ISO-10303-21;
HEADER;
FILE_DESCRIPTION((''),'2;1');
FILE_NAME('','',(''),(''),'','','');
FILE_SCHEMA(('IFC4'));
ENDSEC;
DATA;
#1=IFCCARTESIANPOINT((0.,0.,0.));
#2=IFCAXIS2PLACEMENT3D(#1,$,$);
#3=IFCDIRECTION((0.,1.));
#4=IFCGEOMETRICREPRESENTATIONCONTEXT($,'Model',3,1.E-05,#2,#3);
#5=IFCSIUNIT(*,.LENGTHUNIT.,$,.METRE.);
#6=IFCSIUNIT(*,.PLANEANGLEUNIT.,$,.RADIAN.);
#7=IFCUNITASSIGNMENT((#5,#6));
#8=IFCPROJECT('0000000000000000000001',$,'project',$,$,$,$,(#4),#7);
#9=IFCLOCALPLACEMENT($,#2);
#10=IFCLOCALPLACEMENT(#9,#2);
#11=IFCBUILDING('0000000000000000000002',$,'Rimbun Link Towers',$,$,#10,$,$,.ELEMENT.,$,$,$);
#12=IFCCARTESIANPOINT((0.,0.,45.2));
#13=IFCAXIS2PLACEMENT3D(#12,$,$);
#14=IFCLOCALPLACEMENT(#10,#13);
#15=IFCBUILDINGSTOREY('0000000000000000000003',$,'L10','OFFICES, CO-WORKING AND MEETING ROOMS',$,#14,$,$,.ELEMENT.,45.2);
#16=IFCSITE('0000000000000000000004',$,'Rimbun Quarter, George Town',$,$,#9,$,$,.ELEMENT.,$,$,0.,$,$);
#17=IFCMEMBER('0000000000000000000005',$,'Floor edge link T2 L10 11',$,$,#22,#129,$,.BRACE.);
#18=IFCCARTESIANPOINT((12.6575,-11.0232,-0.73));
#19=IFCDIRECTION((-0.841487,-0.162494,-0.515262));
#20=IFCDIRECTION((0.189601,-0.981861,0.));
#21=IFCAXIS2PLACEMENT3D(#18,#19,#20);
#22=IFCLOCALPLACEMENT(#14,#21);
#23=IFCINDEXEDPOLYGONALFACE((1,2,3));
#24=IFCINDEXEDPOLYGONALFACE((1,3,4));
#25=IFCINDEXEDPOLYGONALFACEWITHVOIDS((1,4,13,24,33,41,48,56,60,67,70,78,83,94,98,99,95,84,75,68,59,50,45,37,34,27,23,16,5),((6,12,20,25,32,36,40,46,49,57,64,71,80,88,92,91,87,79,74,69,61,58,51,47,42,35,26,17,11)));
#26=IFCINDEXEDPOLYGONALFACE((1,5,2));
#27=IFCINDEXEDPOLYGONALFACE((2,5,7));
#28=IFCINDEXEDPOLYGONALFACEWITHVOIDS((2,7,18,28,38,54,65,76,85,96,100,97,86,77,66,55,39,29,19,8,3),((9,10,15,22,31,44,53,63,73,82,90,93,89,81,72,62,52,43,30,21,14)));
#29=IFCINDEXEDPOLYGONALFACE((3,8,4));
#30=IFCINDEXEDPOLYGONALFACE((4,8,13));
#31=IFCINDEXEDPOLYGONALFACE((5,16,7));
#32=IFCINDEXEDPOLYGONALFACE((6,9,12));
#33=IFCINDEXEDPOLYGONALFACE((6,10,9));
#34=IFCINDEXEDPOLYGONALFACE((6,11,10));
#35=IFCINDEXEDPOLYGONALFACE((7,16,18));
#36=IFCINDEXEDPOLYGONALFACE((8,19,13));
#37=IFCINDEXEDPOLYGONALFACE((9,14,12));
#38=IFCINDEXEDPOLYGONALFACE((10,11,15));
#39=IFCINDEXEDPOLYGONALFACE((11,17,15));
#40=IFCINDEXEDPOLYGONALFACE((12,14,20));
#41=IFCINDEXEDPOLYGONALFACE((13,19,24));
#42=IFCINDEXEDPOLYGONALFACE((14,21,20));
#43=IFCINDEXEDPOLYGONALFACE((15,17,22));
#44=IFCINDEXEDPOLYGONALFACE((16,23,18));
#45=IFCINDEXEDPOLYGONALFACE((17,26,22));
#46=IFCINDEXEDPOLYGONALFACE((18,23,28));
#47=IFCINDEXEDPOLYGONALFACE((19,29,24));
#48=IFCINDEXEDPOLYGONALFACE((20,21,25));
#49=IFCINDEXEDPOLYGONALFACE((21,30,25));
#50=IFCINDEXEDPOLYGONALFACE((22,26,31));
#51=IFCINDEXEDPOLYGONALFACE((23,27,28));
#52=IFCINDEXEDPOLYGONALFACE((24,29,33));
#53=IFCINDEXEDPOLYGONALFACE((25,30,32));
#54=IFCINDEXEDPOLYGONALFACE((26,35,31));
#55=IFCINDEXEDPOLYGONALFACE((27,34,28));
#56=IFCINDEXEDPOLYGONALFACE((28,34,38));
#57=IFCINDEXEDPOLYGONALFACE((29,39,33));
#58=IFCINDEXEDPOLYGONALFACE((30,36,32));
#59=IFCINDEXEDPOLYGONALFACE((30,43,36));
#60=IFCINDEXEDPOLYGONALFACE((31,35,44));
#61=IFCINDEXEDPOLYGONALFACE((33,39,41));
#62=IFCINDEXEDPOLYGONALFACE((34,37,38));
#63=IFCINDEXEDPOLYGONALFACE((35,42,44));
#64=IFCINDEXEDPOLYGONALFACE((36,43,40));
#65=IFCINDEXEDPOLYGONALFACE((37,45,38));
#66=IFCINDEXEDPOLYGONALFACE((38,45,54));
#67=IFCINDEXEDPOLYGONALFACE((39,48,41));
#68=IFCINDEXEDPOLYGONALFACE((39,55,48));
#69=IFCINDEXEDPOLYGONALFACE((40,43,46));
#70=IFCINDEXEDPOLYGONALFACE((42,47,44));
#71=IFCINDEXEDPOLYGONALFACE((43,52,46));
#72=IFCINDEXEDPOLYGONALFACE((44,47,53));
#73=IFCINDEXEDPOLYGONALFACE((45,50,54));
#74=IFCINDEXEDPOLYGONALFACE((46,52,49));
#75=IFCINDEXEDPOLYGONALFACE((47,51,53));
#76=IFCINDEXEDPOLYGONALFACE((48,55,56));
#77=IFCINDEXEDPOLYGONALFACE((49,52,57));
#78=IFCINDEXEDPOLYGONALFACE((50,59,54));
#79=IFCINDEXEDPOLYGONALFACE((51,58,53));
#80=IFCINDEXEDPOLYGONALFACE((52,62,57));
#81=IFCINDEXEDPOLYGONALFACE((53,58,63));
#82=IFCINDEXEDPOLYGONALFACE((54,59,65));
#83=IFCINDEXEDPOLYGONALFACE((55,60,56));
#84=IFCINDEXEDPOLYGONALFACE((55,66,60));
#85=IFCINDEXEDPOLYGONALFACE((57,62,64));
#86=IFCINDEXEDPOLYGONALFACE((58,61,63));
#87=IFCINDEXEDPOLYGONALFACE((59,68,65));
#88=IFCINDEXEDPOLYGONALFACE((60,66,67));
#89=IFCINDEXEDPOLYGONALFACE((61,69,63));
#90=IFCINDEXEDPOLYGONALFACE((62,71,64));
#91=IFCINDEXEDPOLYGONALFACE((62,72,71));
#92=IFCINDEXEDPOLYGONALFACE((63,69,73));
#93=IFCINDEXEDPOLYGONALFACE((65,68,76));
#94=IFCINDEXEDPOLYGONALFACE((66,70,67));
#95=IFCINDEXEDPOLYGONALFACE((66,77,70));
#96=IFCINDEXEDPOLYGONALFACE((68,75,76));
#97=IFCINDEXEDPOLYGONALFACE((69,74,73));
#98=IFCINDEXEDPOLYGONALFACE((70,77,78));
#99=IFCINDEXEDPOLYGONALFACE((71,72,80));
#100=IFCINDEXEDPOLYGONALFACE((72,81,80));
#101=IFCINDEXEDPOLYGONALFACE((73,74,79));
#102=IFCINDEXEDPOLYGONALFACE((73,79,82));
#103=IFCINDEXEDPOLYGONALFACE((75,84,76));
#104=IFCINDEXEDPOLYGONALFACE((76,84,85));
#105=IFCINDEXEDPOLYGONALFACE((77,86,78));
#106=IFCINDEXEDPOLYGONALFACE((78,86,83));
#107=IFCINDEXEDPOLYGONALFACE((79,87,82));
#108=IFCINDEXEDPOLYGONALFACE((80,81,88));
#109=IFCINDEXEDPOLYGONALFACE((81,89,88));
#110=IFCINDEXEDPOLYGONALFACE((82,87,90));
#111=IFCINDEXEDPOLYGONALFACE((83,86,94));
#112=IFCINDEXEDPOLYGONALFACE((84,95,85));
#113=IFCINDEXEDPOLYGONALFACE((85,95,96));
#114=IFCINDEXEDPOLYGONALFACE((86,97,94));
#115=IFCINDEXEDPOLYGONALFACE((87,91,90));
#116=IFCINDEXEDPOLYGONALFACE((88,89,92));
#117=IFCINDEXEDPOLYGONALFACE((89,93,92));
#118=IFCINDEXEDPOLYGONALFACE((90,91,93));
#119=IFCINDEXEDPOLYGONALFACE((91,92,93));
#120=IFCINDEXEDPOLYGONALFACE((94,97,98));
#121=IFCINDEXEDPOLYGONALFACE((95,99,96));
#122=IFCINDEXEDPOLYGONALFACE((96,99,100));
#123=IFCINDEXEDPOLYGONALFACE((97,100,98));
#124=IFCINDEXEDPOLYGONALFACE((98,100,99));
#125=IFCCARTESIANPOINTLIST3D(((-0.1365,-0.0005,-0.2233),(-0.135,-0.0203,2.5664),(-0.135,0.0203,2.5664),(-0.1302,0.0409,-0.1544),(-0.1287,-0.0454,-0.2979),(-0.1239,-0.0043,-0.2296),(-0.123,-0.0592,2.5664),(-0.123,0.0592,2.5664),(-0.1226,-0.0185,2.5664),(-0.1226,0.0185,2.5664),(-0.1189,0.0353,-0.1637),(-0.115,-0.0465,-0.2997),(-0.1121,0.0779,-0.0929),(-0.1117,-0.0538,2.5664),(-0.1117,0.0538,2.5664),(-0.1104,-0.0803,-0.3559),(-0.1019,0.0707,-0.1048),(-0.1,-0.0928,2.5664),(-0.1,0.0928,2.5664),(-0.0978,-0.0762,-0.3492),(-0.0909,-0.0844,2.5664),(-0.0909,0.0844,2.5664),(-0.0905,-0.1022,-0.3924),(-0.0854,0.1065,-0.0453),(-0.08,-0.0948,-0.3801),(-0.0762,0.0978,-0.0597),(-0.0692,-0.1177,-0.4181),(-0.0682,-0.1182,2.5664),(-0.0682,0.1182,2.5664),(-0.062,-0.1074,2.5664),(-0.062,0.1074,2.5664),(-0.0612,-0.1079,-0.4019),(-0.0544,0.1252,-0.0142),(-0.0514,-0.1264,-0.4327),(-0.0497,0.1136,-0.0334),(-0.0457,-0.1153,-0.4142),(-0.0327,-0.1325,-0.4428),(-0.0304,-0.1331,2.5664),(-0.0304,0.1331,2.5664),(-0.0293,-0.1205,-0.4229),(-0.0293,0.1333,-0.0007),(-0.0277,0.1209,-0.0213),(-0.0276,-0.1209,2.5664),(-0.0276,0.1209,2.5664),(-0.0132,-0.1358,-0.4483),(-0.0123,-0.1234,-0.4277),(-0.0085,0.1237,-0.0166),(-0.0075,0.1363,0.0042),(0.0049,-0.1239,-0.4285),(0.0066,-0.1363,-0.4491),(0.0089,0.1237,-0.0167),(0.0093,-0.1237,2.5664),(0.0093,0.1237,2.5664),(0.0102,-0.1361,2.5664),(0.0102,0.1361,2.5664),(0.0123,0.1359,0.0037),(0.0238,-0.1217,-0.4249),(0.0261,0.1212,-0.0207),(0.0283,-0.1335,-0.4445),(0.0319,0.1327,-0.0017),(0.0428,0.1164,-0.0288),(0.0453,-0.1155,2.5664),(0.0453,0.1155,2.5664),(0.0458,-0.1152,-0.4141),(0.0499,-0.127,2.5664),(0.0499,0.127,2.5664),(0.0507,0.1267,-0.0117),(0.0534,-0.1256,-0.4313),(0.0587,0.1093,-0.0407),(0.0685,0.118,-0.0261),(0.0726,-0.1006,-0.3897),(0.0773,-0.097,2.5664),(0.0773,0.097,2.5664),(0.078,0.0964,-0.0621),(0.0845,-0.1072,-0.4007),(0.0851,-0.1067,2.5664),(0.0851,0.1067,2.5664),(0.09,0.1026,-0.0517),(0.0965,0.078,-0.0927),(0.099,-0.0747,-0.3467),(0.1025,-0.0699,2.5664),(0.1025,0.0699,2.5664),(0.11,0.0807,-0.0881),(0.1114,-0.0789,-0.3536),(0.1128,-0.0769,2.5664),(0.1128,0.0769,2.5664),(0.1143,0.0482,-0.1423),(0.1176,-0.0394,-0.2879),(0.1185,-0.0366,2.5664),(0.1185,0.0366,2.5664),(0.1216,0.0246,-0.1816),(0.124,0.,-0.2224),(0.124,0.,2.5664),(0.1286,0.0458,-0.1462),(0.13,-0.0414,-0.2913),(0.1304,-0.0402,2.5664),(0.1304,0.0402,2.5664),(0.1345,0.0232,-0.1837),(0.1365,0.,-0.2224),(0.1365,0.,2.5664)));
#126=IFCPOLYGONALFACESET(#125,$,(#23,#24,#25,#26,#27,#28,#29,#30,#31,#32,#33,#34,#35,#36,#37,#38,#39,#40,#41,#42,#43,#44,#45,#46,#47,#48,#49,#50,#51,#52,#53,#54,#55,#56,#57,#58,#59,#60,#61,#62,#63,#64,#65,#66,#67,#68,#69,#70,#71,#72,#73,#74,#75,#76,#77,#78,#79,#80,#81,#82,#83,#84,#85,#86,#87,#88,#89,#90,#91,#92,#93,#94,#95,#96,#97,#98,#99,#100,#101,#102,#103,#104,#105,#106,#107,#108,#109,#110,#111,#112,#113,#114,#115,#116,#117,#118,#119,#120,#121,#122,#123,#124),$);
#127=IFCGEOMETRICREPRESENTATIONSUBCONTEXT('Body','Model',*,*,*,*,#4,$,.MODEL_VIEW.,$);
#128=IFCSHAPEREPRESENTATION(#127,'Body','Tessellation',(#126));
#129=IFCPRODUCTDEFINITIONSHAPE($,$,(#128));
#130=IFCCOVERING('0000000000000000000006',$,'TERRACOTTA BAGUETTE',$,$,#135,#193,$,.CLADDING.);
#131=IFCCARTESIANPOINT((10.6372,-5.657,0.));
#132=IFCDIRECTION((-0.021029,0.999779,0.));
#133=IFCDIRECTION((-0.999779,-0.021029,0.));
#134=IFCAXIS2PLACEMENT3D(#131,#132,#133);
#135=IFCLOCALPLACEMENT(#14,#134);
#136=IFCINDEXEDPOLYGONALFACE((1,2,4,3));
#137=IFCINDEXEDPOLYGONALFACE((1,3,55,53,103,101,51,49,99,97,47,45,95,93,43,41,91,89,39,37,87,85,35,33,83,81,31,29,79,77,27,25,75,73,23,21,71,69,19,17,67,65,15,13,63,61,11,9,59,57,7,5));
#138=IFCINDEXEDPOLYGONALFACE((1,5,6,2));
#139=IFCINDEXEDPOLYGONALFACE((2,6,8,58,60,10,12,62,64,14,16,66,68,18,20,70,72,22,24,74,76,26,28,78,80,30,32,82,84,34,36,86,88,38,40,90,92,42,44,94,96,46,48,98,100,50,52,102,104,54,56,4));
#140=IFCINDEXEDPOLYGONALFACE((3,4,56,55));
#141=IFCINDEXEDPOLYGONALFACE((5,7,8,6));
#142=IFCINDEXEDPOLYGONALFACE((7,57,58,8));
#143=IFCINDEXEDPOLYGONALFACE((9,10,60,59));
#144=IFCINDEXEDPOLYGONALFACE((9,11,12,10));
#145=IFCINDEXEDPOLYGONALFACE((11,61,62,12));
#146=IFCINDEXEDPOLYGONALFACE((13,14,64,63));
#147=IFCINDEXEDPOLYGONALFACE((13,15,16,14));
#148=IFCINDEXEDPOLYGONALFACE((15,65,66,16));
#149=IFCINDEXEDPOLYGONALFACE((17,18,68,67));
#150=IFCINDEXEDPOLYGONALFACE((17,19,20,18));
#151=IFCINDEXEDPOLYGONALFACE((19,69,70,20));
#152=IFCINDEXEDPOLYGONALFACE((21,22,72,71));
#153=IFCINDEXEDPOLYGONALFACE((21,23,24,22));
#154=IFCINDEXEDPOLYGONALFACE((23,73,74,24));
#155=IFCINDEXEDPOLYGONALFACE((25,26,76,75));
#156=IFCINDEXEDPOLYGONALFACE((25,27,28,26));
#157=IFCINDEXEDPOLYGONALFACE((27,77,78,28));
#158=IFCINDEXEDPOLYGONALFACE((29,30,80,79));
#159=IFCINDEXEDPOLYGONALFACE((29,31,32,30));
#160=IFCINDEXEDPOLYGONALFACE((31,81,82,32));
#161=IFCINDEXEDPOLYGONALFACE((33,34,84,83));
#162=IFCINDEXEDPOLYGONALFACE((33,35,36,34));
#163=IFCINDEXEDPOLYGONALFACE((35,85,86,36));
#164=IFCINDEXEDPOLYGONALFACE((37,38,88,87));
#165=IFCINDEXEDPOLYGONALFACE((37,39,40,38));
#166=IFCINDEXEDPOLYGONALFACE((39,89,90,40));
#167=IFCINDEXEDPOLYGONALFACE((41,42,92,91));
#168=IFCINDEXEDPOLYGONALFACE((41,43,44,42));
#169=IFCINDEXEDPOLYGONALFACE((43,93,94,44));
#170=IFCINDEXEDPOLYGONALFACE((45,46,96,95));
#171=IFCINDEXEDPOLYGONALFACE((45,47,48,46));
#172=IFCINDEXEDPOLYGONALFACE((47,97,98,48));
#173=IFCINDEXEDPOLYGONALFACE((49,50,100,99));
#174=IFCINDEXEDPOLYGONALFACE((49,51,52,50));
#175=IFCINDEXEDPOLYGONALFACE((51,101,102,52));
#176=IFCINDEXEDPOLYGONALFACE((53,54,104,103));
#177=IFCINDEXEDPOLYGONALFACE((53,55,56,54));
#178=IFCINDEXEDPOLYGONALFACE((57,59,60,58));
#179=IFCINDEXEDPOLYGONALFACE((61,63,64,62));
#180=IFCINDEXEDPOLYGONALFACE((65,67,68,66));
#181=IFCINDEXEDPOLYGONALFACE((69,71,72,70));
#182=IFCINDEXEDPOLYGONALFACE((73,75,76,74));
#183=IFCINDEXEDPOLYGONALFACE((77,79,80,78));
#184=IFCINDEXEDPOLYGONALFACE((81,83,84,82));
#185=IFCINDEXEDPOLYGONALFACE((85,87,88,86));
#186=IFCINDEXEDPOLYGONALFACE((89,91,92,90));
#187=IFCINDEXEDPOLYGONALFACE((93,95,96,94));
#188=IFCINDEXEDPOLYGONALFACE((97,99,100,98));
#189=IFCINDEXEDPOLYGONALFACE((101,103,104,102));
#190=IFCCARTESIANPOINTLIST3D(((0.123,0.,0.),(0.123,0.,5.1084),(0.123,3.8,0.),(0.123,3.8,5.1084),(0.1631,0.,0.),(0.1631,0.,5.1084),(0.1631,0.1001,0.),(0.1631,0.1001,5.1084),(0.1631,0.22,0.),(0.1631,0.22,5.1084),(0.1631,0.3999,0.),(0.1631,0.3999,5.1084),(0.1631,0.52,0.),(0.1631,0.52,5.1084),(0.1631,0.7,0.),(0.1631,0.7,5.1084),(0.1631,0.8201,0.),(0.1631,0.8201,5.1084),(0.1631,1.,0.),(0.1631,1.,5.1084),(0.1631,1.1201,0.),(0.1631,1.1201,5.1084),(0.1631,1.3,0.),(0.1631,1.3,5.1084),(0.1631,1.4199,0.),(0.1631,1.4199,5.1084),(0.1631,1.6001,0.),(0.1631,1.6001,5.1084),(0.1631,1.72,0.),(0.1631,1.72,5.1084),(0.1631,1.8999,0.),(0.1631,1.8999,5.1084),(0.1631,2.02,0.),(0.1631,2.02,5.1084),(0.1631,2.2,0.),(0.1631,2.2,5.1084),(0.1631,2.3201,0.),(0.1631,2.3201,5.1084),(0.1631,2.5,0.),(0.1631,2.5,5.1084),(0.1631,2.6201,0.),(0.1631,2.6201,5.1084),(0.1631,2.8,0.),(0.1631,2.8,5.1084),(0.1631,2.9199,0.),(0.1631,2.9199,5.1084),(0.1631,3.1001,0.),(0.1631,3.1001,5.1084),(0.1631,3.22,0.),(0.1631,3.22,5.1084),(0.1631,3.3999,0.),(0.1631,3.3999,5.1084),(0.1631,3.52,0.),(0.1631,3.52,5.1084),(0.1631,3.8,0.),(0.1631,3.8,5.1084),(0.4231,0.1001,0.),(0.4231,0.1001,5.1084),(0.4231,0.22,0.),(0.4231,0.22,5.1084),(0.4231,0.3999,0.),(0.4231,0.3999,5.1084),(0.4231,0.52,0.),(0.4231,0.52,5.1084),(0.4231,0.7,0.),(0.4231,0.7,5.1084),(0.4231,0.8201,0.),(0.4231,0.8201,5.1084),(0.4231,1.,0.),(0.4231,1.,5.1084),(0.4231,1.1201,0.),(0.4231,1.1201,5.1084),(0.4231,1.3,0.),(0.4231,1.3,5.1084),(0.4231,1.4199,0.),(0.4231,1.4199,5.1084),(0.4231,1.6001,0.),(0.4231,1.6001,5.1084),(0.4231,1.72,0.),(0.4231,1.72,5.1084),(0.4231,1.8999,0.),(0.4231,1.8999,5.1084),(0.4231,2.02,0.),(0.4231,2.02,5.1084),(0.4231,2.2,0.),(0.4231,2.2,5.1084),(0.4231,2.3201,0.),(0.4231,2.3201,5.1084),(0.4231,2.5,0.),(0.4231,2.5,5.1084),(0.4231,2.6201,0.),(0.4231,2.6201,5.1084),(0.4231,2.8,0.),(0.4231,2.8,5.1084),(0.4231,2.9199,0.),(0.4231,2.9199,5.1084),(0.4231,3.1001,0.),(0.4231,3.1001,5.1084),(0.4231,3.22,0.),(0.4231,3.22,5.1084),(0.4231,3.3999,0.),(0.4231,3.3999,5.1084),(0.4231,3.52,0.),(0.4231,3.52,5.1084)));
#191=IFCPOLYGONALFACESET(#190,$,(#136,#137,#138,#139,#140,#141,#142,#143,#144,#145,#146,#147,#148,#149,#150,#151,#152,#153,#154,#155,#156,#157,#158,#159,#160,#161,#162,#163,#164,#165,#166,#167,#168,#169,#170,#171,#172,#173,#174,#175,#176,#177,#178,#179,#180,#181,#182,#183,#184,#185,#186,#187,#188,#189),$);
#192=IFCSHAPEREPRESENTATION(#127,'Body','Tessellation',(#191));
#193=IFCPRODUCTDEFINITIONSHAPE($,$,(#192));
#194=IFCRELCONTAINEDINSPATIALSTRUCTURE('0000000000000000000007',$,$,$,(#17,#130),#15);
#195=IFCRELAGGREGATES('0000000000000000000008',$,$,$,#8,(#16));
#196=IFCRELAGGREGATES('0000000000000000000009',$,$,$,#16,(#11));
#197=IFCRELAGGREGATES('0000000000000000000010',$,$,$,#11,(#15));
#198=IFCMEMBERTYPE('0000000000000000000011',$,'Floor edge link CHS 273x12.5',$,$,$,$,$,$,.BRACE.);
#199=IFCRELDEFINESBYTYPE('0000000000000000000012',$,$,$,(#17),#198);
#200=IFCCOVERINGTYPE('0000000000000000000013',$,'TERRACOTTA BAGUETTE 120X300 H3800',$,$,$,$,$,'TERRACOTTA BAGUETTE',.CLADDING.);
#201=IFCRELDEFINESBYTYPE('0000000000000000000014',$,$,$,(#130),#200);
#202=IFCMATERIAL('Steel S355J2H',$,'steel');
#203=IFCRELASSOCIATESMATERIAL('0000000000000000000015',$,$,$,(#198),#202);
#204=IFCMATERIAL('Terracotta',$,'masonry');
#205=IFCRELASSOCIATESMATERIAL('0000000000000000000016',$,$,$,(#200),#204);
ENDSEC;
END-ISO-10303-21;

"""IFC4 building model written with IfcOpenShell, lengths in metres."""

from ifc_helpers import new_model, si_unit, direction, frame, origin, origin_2d, place, context, subcontext, project, spatial, polyline, hollow_circle, outline, extrude, clip, halfspace, material, material_profile, profile_set, type_object, element, save


model = new_model("IFC4")

# Units and contexts
model_context = context("Model", 3, precision=1e-05, world=origin(), true_north=direction((0.0, 1.0)))
body_context = subcontext(model_context, "Body", "Model", "MODEL_VIEW")
ifc_project = project(units=[si_unit("LENGTHUNIT", "METRE"), si_unit("PLANEANGLEUNIT", "RADIAN")], contexts=[model_context])

# Site, building, storey
site_placement = place(None, origin())
site = spatial("IfcSite", under=ifc_project, at=site_placement, Name="Rimbun Quarter, George Town", CompositionType="ELEMENT", RefElevation=0.0)
building_placement = place(site_placement, origin())
building = spatial("IfcBuilding", under=site, at=building_placement, Name="Rimbun Link Towers", CompositionType="ELEMENT")
storey_placement = place(building_placement, frame((0.0, 0.0, 45.2)))
storey = spatial("IfcBuildingStorey", under=building, at=storey_placement, Name="L10", Description="OFFICES, CO-WORKING AND MEETING ROOMS", CompositionType="ELEMENT", Elevation=45.2)

# Member
ifc_material_1 = material(Name="Steel S355J2H", Category="steel")
ifc_material_profile_1 = material_profile(ifc_material_1, hollow_circle(Radius=0.1365, WallThickness=0.0125, at=origin_2d()), Name="CHS 273x12.5")
ifc_profile_set_1 = profile_set([ifc_material_profile_1], Name="Steel S355J2H")
member_type_1 = type_object("IfcMemberType", Name="Floor edge link CHS 273x12.5", PredefinedType="BRACE", material=ifc_profile_set_1)
member_1_placement = place(storey_placement, frame((12.6575, -11.0232, -0.73), z_axis=(-0.841487, -0.162494, -0.515262), x_axis=(0.189601, -0.981861, 0.0)))
element("IfcMember", 1, at=member_1_placement, inside=storey, type_object=member_type_1, Name="Floor edge link T2 L10 11", PredefinedType="BRACE", context=body_context, shape_type="Clipping", body=[
    clip(extrude(hollow_circle(Radius=0.1365, WallThickness=0.0125, at=origin_2d()), frame((0.0, 0.0, -0.4734)), (0.0, 0.0, 1.0), 3.0398), halfspace(frame((0.0, 0.0, -0.2224), z_axis=(0.0, 0.857033, -0.515262)), False)),
])

# Covering
ifc_material_2 = material(Name="Terracotta", Category="masonry")
ifc_material_profile_2 = material_profile(ifc_material_2, outline(polyline([(0.123, 0.0), (0.1631, 0.0), (0.1631, 0.1001), (0.4231, 0.1001), (0.4231, 0.22), (0.1631, 0.22), (0.1631, 0.3999), (0.4231, 0.3999), (0.4231, 0.52), (0.1631, 0.52), (0.1631, 0.7), (0.4231, 0.7), (0.4231, 0.8201), (0.1631, 0.8201), (0.1631, 1.0), (0.4231, 1.0), (0.4231, 1.1201), (0.1631, 1.1201), (0.1631, 1.3), (0.4231, 1.3), (0.4231, 1.4199), (0.1631, 1.4199), (0.1631, 1.6001), (0.4231, 1.6001), (0.4231, 1.72), (0.1631, 1.72), (0.1631, 1.8999), (0.4231, 1.8999), (0.4231, 2.02), (0.1631, 2.02), (0.1631, 2.2), (0.4231, 2.2), (0.4231, 2.3201), (0.1631, 2.3201), (0.1631, 2.5), (0.4231, 2.5), (0.4231, 2.6201), (0.1631, 2.6201), (0.1631, 2.8), (0.4231, 2.8), (0.4231, 2.9199), (0.1631, 2.9199), (0.1631, 3.1001), (0.4231, 3.1001), (0.4231, 3.22), (0.1631, 3.22), (0.1631, 3.3999), (0.4231, 3.3999), (0.4231, 3.52), (0.1631, 3.52), (0.1631, 3.8), (0.123, 3.8), (0.123, 0.0)])), Name="BAGUETTE 120X300")
ifc_profile_set_2 = profile_set([ifc_material_profile_2], Name="Terracotta")
covering_type_1 = type_object("IfcCoveringType", Name="TERRACOTTA BAGUETTE 120X300 H3800", ElementType="TERRACOTTA BAGUETTE", PredefinedType="CLADDING", material=ifc_profile_set_2)
covering_1_placement = place(storey_placement, frame((10.6372, -5.657, 0.0), z_axis=(-0.021029, 0.999779, 0.0), x_axis=(-0.999779, -0.021029, 0.0)))
element("IfcCovering", 2, at=covering_1_placement, inside=storey, type_object=covering_type_1, Name="TERRACOTTA BAGUETTE", PredefinedType="CLADDING", context=body_context, shape_type="SweptSolid", body=[
    extrude(outline(polyline([(0.123, 0.0), (0.1631, 0.0), (0.1631, 0.1001), (0.4231, 0.1001), (0.4231, 0.22), (0.1631, 0.22), (0.1631, 0.3999), (0.4231, 0.3999), (0.4231, 0.52), (0.1631, 0.52), (0.1631, 0.7), (0.4231, 0.7), (0.4231, 0.8201), (0.1631, 0.8201), (0.1631, 1.0), (0.4231, 1.0), (0.4231, 1.1201), (0.1631, 1.1201), (0.1631, 1.3), (0.4231, 1.3), (0.4231, 1.4199), (0.1631, 1.4199), (0.1631, 1.6001), (0.4231, 1.6001), (0.4231, 1.72), (0.1631, 1.72), (0.1631, 1.8999), (0.4231, 1.8999), (0.4231, 2.02), (0.1631, 2.02), (0.1631, 2.2), (0.4231, 2.2), (0.4231, 2.3201), (0.1631, 2.3201), (0.1631, 2.5), (0.4231, 2.5), (0.4231, 2.6201), (0.1631, 2.6201), (0.1631, 2.8), (0.4231, 2.8), (0.4231, 2.9199), (0.1631, 2.9199), (0.1631, 3.1001), (0.4231, 3.1001), (0.4231, 3.22), (0.1631, 3.22), (0.1631, 3.3999), (0.4231, 3.3999), (0.4231, 3.52), (0.1631, 3.52), (0.1631, 3.8), (0.123, 3.8), (0.123, 0.0)])), origin(), (0.0, 0.0, 1.0), 5.1084),
])

save(model, "model.ifc")
